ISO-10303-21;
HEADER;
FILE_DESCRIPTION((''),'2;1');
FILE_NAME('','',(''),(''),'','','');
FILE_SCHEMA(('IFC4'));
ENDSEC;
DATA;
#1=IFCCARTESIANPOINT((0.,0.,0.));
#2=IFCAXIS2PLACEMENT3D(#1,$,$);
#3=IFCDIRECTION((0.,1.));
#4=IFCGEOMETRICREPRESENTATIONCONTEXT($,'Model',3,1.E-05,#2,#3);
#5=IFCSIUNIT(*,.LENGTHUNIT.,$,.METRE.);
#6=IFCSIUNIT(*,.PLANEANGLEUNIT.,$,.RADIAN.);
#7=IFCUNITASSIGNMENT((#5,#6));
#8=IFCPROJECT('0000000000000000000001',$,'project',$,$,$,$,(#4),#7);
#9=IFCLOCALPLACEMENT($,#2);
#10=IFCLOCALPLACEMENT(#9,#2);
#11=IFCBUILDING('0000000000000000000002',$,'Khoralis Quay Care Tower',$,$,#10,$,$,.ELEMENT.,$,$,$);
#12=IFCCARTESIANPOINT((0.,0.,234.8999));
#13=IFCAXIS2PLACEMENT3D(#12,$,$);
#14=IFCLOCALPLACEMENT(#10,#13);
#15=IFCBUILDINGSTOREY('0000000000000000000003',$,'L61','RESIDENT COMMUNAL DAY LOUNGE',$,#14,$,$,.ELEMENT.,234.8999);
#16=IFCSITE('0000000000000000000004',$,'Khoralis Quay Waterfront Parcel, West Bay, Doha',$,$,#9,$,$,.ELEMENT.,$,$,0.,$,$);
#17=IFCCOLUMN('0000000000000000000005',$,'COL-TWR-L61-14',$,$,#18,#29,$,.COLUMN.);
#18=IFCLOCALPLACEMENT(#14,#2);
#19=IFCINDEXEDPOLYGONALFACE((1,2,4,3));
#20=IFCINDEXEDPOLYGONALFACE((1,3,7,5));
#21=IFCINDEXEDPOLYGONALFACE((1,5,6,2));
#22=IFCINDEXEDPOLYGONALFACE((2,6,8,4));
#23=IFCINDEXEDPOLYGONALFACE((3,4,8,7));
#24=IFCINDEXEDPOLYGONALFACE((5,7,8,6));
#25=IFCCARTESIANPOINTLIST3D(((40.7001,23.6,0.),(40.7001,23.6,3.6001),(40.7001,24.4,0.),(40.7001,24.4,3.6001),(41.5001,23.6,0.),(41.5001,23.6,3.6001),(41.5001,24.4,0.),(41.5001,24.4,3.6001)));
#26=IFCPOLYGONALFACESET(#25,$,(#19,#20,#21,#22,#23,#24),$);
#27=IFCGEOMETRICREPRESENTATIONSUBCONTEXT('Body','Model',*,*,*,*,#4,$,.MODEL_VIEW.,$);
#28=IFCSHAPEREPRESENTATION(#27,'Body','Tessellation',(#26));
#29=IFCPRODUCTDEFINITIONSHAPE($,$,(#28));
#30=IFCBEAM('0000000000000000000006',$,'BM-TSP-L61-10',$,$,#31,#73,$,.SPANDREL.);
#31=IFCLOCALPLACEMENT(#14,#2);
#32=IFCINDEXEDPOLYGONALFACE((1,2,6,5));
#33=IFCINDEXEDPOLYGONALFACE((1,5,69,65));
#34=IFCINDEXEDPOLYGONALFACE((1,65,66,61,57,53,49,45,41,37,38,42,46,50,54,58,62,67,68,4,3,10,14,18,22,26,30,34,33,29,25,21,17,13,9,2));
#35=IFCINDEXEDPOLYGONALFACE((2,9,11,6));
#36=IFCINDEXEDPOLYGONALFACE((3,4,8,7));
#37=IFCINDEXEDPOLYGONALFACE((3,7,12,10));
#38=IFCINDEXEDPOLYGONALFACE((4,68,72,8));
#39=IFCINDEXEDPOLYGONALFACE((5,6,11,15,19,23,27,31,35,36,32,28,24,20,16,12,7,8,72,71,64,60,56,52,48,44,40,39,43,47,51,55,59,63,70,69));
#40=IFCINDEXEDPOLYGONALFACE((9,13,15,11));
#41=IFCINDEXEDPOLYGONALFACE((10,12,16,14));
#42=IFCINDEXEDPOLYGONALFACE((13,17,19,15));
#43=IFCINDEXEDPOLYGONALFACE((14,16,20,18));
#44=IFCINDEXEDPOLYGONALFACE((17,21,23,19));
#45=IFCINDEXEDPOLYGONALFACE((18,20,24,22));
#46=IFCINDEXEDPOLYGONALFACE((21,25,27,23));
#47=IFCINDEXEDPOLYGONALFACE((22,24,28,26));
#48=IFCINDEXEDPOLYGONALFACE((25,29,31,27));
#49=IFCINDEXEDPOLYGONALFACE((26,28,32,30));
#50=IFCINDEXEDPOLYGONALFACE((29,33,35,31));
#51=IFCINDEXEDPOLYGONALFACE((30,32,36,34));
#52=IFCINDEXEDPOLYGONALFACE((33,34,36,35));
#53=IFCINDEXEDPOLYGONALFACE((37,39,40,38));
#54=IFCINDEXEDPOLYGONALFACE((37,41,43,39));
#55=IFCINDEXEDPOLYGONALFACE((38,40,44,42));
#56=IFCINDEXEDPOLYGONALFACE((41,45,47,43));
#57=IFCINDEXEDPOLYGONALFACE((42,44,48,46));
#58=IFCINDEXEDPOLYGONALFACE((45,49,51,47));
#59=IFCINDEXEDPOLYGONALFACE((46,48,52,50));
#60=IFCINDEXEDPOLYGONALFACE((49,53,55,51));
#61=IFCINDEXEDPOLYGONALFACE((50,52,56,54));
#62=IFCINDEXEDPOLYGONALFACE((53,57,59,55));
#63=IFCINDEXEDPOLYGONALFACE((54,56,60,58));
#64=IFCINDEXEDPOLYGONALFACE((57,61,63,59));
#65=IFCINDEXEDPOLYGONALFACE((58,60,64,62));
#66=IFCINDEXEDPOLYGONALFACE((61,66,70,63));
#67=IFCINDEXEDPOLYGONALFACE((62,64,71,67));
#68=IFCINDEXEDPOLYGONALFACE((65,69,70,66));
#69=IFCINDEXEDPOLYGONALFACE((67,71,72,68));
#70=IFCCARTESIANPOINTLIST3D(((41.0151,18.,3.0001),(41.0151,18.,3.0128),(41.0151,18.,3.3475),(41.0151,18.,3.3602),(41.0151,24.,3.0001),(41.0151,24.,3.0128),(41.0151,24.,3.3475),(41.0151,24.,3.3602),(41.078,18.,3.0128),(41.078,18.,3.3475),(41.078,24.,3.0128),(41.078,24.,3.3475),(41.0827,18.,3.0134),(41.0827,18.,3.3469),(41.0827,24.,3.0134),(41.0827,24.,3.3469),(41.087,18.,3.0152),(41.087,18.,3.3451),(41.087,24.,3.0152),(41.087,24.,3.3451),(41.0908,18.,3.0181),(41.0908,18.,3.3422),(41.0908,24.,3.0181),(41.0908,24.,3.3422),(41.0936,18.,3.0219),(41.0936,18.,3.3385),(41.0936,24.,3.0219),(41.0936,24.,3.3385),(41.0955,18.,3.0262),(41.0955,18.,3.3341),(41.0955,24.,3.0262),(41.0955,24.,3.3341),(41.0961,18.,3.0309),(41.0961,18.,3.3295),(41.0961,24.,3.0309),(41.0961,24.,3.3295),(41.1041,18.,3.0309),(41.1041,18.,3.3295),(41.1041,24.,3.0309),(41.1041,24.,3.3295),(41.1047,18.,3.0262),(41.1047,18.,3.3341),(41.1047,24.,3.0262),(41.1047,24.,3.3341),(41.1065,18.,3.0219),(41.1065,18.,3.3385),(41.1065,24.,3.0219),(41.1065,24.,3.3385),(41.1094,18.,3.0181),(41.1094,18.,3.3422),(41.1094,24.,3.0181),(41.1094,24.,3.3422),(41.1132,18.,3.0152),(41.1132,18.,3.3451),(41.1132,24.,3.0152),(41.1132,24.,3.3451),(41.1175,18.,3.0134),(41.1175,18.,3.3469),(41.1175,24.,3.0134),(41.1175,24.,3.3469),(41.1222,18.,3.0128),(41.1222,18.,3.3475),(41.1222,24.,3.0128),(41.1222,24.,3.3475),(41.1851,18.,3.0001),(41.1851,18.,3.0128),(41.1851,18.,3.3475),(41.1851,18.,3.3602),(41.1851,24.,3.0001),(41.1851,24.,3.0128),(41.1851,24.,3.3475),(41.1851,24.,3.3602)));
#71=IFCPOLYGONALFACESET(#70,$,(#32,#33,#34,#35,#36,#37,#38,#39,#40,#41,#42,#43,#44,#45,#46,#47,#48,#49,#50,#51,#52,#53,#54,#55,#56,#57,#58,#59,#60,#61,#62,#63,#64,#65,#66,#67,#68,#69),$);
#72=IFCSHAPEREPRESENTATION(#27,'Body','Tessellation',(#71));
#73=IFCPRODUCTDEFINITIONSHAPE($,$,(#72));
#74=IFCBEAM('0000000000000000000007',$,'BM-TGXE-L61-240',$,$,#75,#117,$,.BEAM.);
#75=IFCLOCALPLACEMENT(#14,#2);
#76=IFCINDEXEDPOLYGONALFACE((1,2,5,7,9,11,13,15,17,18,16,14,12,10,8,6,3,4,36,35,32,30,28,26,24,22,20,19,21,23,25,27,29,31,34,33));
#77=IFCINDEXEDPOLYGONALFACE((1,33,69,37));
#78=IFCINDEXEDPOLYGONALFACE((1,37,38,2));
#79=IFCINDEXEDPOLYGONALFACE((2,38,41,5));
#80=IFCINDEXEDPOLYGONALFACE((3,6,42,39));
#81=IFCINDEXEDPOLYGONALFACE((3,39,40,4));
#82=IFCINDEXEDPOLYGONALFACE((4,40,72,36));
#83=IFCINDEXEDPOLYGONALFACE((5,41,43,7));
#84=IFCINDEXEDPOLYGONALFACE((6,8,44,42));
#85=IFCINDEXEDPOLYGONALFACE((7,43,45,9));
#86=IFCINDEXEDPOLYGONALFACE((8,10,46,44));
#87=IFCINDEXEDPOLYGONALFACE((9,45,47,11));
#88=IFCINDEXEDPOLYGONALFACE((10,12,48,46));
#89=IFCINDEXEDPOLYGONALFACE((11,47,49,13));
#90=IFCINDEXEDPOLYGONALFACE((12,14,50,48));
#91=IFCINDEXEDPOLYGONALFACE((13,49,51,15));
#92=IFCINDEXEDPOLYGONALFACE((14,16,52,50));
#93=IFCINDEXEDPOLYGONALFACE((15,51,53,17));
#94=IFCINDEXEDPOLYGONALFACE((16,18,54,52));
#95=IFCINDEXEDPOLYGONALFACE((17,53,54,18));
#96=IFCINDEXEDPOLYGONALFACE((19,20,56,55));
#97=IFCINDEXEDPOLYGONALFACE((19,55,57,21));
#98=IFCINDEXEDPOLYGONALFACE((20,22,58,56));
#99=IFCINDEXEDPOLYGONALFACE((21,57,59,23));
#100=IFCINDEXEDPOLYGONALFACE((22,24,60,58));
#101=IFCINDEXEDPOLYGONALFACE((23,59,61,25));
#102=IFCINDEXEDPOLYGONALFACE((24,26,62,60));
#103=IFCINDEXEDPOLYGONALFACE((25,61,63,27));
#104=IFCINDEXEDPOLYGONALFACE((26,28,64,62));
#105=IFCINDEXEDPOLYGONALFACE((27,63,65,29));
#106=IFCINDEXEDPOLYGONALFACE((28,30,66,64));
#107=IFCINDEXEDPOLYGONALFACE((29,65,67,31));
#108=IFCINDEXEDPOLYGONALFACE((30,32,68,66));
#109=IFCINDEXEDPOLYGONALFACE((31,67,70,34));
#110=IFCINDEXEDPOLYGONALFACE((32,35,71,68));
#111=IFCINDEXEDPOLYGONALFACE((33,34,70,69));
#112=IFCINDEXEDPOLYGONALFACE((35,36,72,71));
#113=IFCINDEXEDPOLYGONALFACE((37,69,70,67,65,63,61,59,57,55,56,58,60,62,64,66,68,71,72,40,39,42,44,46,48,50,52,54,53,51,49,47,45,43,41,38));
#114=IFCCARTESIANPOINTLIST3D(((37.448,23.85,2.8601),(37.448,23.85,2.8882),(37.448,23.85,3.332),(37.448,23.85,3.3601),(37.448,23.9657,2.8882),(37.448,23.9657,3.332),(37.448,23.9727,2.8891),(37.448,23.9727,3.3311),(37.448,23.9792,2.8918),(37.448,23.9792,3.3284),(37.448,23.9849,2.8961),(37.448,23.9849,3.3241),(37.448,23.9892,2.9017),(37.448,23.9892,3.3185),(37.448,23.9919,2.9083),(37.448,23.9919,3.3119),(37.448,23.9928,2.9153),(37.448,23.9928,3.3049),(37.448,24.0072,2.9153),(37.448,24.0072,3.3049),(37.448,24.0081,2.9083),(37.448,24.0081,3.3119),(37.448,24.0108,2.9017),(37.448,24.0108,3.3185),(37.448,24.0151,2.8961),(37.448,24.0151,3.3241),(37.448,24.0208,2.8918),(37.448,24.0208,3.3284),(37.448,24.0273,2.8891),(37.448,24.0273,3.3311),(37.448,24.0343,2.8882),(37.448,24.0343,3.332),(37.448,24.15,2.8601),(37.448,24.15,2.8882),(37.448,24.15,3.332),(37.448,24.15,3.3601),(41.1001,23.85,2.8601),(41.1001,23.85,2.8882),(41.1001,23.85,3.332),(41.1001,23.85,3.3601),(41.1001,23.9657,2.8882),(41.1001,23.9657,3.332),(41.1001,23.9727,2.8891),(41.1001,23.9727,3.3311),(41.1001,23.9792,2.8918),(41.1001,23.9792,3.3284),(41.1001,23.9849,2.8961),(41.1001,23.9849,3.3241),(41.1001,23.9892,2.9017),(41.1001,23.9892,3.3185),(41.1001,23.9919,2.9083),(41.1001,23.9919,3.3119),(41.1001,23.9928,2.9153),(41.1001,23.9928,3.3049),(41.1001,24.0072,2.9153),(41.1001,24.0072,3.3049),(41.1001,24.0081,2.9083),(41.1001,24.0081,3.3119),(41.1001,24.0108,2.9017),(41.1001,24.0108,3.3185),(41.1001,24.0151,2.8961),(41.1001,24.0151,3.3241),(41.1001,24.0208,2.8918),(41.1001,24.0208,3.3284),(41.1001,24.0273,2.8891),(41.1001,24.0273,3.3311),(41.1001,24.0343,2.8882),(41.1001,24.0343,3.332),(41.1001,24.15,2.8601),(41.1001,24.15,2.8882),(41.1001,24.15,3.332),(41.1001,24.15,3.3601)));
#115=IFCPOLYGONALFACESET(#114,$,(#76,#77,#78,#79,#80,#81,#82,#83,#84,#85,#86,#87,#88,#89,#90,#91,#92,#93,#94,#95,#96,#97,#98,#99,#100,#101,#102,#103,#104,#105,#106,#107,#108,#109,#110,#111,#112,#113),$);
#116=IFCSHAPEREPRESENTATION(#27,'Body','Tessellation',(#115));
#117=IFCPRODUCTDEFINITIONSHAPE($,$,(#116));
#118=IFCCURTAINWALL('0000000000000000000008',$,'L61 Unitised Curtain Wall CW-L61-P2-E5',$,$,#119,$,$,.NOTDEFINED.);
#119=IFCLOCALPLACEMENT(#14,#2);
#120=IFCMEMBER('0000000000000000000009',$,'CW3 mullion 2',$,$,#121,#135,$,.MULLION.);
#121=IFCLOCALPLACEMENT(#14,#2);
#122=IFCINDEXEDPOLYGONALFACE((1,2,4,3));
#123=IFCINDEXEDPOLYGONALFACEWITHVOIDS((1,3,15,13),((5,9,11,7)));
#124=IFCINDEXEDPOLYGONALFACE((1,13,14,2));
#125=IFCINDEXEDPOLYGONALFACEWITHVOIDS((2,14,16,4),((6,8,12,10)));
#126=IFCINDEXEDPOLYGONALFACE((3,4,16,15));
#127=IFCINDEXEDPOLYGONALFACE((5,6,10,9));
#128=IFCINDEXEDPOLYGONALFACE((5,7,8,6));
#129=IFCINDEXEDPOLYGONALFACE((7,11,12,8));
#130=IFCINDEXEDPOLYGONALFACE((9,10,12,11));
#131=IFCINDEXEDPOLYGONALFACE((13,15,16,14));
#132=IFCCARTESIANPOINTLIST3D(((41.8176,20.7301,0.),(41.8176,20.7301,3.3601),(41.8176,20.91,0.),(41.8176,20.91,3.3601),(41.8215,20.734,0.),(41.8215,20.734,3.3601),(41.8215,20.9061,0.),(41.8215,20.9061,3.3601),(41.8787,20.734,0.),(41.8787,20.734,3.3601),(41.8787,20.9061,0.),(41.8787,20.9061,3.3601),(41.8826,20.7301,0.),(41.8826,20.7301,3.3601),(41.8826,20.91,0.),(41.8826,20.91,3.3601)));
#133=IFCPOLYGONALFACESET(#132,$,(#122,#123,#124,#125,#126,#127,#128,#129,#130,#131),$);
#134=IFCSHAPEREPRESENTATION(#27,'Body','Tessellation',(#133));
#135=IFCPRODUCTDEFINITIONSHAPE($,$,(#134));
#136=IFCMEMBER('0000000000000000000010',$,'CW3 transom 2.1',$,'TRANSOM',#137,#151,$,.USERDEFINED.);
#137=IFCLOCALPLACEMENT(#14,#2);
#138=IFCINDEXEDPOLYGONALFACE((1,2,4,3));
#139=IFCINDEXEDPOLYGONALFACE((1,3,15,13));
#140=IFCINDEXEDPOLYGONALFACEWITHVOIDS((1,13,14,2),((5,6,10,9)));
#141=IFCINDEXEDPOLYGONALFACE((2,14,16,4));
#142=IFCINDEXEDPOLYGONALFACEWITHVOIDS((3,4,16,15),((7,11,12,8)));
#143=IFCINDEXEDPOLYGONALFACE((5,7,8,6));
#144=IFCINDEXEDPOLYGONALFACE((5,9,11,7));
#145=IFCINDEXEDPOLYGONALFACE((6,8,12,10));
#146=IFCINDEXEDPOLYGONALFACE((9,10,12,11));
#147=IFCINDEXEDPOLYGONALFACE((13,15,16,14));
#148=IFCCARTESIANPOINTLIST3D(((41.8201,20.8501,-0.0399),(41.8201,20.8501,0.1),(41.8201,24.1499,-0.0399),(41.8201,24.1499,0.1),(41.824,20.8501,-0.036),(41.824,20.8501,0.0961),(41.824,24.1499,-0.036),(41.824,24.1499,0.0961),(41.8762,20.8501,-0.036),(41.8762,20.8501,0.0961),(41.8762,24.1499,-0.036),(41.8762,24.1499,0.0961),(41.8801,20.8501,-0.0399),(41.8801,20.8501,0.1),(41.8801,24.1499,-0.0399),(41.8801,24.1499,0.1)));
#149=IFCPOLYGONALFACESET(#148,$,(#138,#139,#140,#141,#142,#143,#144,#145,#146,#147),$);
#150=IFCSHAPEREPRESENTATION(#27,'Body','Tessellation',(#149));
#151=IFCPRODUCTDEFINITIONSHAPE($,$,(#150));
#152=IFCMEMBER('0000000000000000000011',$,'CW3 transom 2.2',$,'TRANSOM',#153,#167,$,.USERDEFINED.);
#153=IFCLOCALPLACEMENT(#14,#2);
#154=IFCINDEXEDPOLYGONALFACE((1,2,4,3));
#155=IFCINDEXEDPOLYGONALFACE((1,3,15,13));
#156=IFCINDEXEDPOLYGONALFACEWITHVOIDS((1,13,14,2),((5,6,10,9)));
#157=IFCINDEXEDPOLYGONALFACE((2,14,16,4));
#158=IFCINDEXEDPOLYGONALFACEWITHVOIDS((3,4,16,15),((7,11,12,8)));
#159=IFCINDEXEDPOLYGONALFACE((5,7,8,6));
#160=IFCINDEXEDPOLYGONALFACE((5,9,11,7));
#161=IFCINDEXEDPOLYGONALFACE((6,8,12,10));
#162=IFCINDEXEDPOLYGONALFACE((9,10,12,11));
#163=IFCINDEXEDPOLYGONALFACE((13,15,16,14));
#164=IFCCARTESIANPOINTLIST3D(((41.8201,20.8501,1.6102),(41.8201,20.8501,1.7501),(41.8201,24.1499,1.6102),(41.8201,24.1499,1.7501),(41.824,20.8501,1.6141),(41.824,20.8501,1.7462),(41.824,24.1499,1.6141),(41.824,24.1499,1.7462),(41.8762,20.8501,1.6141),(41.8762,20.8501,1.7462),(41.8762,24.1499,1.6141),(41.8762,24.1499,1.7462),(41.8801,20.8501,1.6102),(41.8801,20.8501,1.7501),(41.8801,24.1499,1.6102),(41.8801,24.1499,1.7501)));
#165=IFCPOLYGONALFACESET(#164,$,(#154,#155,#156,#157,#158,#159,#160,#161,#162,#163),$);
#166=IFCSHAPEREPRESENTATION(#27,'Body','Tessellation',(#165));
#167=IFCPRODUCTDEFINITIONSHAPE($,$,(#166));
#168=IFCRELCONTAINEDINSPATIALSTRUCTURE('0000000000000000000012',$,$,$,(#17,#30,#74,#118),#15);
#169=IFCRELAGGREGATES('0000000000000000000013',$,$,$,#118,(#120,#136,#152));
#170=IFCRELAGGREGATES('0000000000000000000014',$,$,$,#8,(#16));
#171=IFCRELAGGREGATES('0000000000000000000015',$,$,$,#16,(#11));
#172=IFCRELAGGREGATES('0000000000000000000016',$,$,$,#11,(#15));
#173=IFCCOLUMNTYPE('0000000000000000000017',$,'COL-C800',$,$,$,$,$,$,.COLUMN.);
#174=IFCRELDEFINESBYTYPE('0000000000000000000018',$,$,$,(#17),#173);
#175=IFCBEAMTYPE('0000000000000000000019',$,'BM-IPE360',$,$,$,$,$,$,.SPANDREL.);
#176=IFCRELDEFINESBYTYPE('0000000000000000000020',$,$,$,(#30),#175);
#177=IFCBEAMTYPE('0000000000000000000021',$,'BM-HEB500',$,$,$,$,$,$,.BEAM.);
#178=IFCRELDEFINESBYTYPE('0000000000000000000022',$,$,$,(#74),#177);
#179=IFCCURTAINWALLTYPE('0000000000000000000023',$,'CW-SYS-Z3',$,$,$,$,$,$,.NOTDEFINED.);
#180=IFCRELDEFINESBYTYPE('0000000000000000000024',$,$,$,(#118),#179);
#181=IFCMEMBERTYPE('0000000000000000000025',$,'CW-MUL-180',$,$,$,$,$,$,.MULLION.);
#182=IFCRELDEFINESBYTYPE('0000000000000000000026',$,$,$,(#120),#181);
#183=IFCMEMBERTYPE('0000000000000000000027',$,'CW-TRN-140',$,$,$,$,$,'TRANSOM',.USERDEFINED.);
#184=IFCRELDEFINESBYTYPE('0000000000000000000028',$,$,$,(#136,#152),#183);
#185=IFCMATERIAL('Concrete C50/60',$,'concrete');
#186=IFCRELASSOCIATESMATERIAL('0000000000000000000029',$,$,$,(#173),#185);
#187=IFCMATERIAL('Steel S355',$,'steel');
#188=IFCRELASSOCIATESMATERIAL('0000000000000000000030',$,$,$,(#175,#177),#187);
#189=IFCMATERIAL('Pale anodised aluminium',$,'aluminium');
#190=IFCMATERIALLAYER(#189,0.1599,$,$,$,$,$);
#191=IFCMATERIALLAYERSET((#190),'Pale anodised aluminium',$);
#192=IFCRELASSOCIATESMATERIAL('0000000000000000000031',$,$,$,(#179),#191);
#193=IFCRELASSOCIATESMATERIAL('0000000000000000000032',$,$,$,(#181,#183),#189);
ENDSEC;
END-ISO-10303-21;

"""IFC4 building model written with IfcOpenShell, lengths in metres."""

from ifc_helpers import new_model, si_unit, direction, frame, origin, origin_2d, place, context, subcontext, project, spatial, rectangle, hollow_rectangle, i_section, extrude, source, transform, mapped, material, layer, layer_set, material_profile, profile_set, type_object, element, aggregate, save


model = new_model("IFC4")

# Units and contexts
model_context = context("Model", 3, precision=1e-05, world=origin(), true_north=direction((0.0, 1.0)))
body_context = subcontext(model_context, "Body", "Model", "MODEL_VIEW")
ifc_project = project(units=[si_unit("LENGTHUNIT", "METRE"), si_unit("PLANEANGLEUNIT", "RADIAN")], contexts=[model_context])

# Site, building, storey
site_placement = place(None, origin())
site = spatial("IfcSite", under=ifc_project, at=site_placement, Name="Khoralis Quay Waterfront Parcel, West Bay, Doha", CompositionType="ELEMENT", RefElevation=0.0)
building_placement = place(site_placement, origin())
building = spatial("IfcBuilding", under=site, at=building_placement, Name="Khoralis Quay Care Tower", CompositionType="ELEMENT")
storey_placement = place(building_placement, frame((0.0, 0.0, 234.8999)))
storey = spatial("IfcBuildingStorey", under=building, at=storey_placement, Name="L61", Description="RESIDENT COMMUNAL DAY LOUNGE", CompositionType="ELEMENT", Elevation=234.8999)

# Column
ifc_material_1 = material(Name="Concrete C50/60", Category="concrete")
ifc_material_profile_1 = material_profile(ifc_material_1, rectangle(XDim=0.8, YDim=0.8, at=origin_2d()), Name="Concrete C50/60")
ifc_profile_set_1 = profile_set([ifc_material_profile_1], Name="Concrete C50/60")
column_type = type_object("IfcColumnType", Name="COL-C800", PredefinedType="COLUMN", material=ifc_profile_set_1)
shared_shape_1 = source(origin(), body_context, "Body", "SweptSolid", [
    extrude(rectangle(XDim=0.8, YDim=0.8, at=origin_2d()), origin(), (0.0, 0.0, 1.0), 3.6001),
])
column_placement = place(storey_placement, frame((41.1001, 24.0, 0.0), z_axis=(0.0, 0.0, 1.0), x_axis=(1.0, 0.0, 0.0)))
element("IfcColumn", 1, at=column_placement, inside=storey, type_object=column_type, Name="COL-TWR-L61-14", PredefinedType="COLUMN", context=body_context, shape_type="MappedRepresentation", body=[
    mapped(shared_shape_1, transform((0.0, 0.0, 0.0), scale=1.0)),
])

# Beams
ifc_material_2 = material(Name="Steel S355", Category="steel")
ifc_material_profile_2 = material_profile(ifc_material_2, i_section(OverallWidth=0.1699, OverallDepth=0.3601, WebThickness=0.0081, FlangeThickness=0.0127, FilletRadius=0.0181, at=origin_2d()), Name="Steel S355")
ifc_profile_set_2 = profile_set([ifc_material_profile_2], Name="Steel S355")
beam_type_1 = type_object("IfcBeamType", Name="BM-IPE360", PredefinedType="SPANDREL", material=ifc_profile_set_2)
shared_shape_2 = source(origin(), body_context, "Body", "SweptSolid", [
    extrude(i_section(OverallWidth=0.1699, OverallDepth=0.3601, WebThickness=0.0081, FlangeThickness=0.0127, FilletRadius=0.0181, at=origin_2d()), origin(), (0.0, 0.0, 1.0), 6.0),
])
beam_1_placement = place(storey_placement, frame((41.1001, 18.0, 3.1802), z_axis=(0.0, 1.0, 0.0), x_axis=(-1.0, 0.0, 0.0)))
element("IfcBeam", 2, at=beam_1_placement, inside=storey, type_object=beam_type_1, Name="BM-TSP-L61-10", PredefinedType="SPANDREL", context=body_context, shape_type="MappedRepresentation", body=[
    mapped(shared_shape_2, transform((0.0, 0.0, 0.0), scale=1.0)),
])
ifc_material_profile_3 = material_profile(ifc_material_2, i_section(OverallWidth=0.3, OverallDepth=0.5, WebThickness=0.0144, FlangeThickness=0.0281, FilletRadius=0.0271, at=origin_2d()), Name="Steel S355")
ifc_profile_set_3 = profile_set([ifc_material_profile_3], Name="Steel S355")
beam_type_2 = type_object("IfcBeamType", Name="BM-HEB500", PredefinedType="BEAM", material=ifc_profile_set_3)
shared_shape_3 = source(origin(), body_context, "Body", "SweptSolid", [
    extrude(i_section(OverallWidth=0.3, OverallDepth=0.5, WebThickness=0.0144, FlangeThickness=0.0281, FilletRadius=0.0271, at=origin_2d()), origin(), (0.0, 0.0, 1.0), 3.6521),
])
beam_2_placement = place(storey_placement, frame((37.448, 24.0, 3.1101), z_axis=(1.0, 0.0, 0.0), x_axis=(0.0, 1.0, 0.0)))
element("IfcBeam", 3, at=beam_2_placement, inside=storey, type_object=beam_type_2, Name="BM-TGXE-L61-240", PredefinedType="BEAM", context=body_context, shape_type="MappedRepresentation", body=[
    mapped(shared_shape_3, transform((0.0, 0.0, 0.0), scale=1.0)),
])

# Curtain wall, members
ifc_material_3 = material(Name="Pale anodised aluminium", Category="aluminium")
ifc_layer_1 = layer(ifc_material_3, 0.1599)
ifc_layer_set_1 = layer_set([ifc_layer_1], Name="Pale anodised aluminium")
curtain_wall_type = type_object("IfcCurtainWallType", Name="CW-SYS-Z3", PredefinedType="NOTDEFINED", material=ifc_layer_set_1)
curtain_wall_placement = place(storey_placement, origin())
curtain_wall = element("IfcCurtainWall", 4, at=curtain_wall_placement, inside=storey, type_object=curtain_wall_type, Name="L61 Unitised Curtain Wall CW-L61-P2-E5", PredefinedType="NOTDEFINED")
ifc_material_profile_4 = material_profile(ifc_material_3, hollow_rectangle(XDim=0.0649, YDim=0.1799, WallThickness=0.0039, at=origin_2d()), Name="Pale anodised aluminium")
ifc_profile_set_4 = profile_set([ifc_material_profile_4], Name="Pale anodised aluminium")
member_type_1 = type_object("IfcMemberType", Name="CW-MUL-180", PredefinedType="MULLION", material=ifc_profile_set_4)
shared_shape_4 = source(origin(), body_context, "Body", "SweptSolid", [
    extrude(hollow_rectangle(XDim=0.0649, YDim=0.1799, WallThickness=0.0039, at=origin_2d()), origin(), (0.0, 0.0, 1.0), 3.3601),
])
member_1_placement = place(storey_placement, frame((41.8501, 20.8201, 0.0), z_axis=(0.0, 0.0, 1.0), x_axis=(-1.0, 0.0, 0.0)))
member_1 = element("IfcMember", 5, at=member_1_placement, type_object=member_type_1, Name="CW3 mullion 2", PredefinedType="MULLION", context=body_context, shape_type="MappedRepresentation", body=[
    mapped(shared_shape_4, transform((0.0, 0.0, 0.0), scale=1.0)),
])
ifc_material_profile_5 = material_profile(ifc_material_3, hollow_rectangle(XDim=0.0601, YDim=0.1399, WallThickness=0.0039, at=origin_2d()), Name="Pale anodised aluminium")
ifc_profile_set_5 = profile_set([ifc_material_profile_5], Name="Pale anodised aluminium")
member_type_2 = type_object("IfcMemberType", Name="CW-TRN-140", ElementType="TRANSOM", PredefinedType="USERDEFINED", material=ifc_profile_set_5)
shared_shape_5 = source(origin(), body_context, "Body", "SweptSolid", [
    extrude(hollow_rectangle(XDim=0.0601, YDim=0.1399, WallThickness=0.0039, at=origin_2d()), origin(), (0.0, 0.0, 1.0), 3.2998),
])
member_2_placement = place(storey_placement, frame((41.8501, 20.8501, 0.03), z_axis=(0.0, 1.0, 0.0), x_axis=(-1.0, 0.0, 0.0)))
member_2 = element("IfcMember", 6, at=member_2_placement, type_object=member_type_2, Name="CW3 transom 2.1", ObjectType="TRANSOM", PredefinedType="USERDEFINED", context=body_context, shape_type="MappedRepresentation", body=[
    mapped(shared_shape_5, transform((0.0, 0.0, 0.0), scale=1.0)),
])
member_3_placement = place(storey_placement, frame((41.8501, 20.8501, 1.6802), z_axis=(0.0, 1.0, 0.0), x_axis=(-1.0, 0.0, 0.0)))
member_3 = element("IfcMember", 7, at=member_3_placement, type_object=member_type_2, Name="CW3 transom 2.2", ObjectType="TRANSOM", PredefinedType="USERDEFINED", context=body_context, shape_type="MappedRepresentation", body=[
    mapped(shared_shape_5, transform((0.0, 0.0, 0.0), scale=1.0)),
])
aggregate(curtain_wall, [member_1, member_2, member_3])

save(model, "model.ifc")
